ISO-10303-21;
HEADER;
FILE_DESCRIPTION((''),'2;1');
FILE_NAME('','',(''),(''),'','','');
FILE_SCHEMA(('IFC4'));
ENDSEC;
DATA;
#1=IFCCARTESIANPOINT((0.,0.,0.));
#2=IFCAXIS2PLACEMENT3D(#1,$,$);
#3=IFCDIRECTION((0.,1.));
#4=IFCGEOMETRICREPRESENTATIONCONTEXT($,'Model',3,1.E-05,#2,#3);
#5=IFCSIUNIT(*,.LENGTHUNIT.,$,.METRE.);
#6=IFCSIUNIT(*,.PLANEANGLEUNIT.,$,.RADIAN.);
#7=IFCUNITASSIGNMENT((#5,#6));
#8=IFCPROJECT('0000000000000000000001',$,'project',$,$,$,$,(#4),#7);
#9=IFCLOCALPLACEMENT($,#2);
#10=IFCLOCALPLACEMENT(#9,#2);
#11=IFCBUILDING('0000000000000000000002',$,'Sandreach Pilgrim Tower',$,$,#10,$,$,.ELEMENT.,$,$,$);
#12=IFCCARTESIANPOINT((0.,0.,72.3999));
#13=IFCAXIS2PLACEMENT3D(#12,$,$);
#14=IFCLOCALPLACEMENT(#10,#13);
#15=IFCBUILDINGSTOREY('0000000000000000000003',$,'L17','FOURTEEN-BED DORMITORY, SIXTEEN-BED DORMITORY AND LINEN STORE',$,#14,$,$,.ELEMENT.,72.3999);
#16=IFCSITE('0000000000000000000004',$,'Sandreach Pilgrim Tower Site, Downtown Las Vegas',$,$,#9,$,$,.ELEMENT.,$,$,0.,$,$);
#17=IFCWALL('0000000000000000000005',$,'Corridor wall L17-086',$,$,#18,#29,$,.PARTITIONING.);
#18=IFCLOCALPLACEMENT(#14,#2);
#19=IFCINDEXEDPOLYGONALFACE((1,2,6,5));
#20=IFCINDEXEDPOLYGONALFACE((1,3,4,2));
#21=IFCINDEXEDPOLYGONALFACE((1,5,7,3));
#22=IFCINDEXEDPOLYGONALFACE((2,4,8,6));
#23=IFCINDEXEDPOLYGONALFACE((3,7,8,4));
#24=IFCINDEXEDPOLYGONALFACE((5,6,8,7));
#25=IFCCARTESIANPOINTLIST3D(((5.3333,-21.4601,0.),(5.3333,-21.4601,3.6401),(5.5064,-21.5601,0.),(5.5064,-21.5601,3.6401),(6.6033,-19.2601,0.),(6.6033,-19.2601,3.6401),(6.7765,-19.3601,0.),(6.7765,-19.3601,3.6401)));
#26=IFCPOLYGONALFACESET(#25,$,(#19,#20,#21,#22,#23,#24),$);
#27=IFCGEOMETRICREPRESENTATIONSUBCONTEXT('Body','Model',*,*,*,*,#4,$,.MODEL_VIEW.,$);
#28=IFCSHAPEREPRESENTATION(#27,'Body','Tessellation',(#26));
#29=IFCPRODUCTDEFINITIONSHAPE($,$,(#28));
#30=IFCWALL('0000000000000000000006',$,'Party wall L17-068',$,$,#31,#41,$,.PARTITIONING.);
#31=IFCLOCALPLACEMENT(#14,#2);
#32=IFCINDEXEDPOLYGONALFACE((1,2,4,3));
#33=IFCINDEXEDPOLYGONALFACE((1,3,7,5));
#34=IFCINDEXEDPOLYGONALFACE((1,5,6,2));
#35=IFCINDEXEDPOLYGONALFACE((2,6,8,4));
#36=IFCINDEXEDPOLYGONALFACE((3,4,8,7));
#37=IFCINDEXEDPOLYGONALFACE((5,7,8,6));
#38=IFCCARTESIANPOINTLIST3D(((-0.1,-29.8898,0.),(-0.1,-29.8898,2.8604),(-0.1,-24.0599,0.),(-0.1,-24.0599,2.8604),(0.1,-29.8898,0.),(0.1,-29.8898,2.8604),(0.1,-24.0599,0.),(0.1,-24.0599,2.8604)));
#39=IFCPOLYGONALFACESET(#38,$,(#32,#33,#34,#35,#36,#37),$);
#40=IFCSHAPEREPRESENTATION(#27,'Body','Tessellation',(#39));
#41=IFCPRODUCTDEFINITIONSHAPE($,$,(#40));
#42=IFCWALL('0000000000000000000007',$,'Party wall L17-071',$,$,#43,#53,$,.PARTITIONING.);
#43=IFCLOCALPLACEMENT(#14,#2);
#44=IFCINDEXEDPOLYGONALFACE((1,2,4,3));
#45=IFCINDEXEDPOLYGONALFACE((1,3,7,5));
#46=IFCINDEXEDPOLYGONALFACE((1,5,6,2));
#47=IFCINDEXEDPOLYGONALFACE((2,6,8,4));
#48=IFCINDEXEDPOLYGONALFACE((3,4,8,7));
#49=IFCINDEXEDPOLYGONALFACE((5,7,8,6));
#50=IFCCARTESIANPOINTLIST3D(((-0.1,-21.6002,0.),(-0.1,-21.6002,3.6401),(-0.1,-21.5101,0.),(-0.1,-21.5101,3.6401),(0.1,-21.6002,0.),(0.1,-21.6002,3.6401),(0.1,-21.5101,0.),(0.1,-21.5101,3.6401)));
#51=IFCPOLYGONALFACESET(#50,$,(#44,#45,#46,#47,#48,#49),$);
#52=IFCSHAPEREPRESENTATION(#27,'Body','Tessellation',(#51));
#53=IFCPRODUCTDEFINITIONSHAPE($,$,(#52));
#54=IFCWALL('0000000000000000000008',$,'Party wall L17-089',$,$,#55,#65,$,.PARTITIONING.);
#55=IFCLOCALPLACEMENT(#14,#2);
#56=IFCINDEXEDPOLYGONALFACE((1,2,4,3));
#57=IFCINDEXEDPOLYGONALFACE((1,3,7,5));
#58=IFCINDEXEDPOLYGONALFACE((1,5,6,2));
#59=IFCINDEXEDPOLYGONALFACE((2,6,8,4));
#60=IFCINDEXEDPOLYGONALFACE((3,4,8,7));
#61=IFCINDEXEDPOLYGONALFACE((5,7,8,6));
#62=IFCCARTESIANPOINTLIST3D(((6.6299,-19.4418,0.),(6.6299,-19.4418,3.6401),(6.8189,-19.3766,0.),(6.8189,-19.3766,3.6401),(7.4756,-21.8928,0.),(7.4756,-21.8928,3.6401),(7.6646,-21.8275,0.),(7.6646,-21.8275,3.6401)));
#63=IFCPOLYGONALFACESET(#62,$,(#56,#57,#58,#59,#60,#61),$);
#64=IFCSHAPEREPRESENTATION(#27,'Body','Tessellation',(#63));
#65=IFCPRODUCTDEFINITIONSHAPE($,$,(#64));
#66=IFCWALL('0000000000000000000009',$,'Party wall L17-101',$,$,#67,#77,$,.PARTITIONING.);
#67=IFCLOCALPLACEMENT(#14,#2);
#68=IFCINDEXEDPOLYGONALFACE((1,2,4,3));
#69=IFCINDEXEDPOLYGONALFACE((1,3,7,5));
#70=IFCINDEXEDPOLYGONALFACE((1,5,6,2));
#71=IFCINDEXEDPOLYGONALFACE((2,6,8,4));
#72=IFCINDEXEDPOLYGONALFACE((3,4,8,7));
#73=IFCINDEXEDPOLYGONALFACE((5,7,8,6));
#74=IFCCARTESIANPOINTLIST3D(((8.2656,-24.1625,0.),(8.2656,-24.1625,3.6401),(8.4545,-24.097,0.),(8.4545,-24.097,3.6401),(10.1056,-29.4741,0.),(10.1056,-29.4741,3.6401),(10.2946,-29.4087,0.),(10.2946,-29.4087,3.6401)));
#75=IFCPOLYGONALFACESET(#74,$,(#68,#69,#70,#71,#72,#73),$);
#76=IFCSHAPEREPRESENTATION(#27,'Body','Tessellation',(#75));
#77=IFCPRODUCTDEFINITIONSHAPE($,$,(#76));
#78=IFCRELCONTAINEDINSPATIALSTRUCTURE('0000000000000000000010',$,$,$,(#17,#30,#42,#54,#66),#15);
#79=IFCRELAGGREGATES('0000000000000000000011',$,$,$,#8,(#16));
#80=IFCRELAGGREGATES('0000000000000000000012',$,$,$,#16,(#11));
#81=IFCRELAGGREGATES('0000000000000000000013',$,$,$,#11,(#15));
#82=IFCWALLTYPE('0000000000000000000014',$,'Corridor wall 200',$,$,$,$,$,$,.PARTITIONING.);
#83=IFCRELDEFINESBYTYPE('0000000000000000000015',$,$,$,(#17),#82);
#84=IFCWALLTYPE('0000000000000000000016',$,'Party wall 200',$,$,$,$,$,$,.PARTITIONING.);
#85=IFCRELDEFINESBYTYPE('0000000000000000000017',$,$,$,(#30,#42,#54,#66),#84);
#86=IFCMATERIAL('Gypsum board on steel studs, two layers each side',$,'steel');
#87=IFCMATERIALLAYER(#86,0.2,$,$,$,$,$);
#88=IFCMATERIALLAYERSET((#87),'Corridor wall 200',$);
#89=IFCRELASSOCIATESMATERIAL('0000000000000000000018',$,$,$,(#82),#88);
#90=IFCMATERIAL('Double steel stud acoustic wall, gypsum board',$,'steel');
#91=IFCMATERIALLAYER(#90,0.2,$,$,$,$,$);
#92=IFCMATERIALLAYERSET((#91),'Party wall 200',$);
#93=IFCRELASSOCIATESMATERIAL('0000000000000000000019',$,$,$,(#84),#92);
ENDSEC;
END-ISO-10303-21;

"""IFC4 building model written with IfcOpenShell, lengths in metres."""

from ifc_helpers import new_model, si_unit, direction, frame, frame_2d, origin, place, context, subcontext, project, spatial, rectangle, extrude, material, layer, layer_set, type_object, element, save


model = new_model("IFC4")

# Units and contexts
model_context = context("Model", 3, precision=1e-05, world=origin(), true_north=direction((0.0, 1.0)))
body_context = subcontext(model_context, "Body", "Model", "MODEL_VIEW")
ifc_project = project(units=[si_unit("LENGTHUNIT", "METRE"), si_unit("PLANEANGLEUNIT", "RADIAN")], contexts=[model_context])

# Site, building, storey
site_placement = place(None, origin())
site = spatial("IfcSite", under=ifc_project, at=site_placement, Name="Sandreach Pilgrim Tower Site, Downtown Las Vegas", CompositionType="ELEMENT", RefElevation=0.0)
building_placement = place(site_placement, origin())
building = spatial("IfcBuilding", under=site, at=building_placement, Name="Sandreach Pilgrim Tower", CompositionType="ELEMENT")
storey_placement = place(building_placement, frame((0.0, 0.0, 72.3999)))
storey = spatial("IfcBuildingStorey", under=building, at=storey_placement, Name="L17", Description="FOURTEEN-BED DORMITORY, SIXTEEN-BED DORMITORY AND LINEN STORE", CompositionType="ELEMENT", Elevation=72.3999)

# Shared definitions
ifc_material_1 = material(Name="Gypsum board on steel studs, two layers each side", Category="steel")
ifc_layer_1 = layer(ifc_material_1, 0.2)
ifc_layer_set_1 = layer_set([ifc_layer_1], Name="Corridor wall 200")
wall_type_1 = type_object("IfcWallType", Name="Corridor wall 200", PredefinedType="PARTITIONING", material=ifc_layer_set_1)

# Wall
wall_1_placement = place(storey_placement, frame((5.4199, -21.51, 0.0), z_axis=(0.0, 0.0, 1.0), x_axis=(0.499964, 0.866046, 0.0)))
element("IfcWall", 1, at=wall_1_placement, inside=storey, type_object=wall_type_1, Name="Corridor wall L17-086", PredefinedType="PARTITIONING", context=body_context, shape_type="SweptSolid", body=[
    extrude(rectangle(XDim=2.5403, YDim=0.2, at=frame_2d((1.27, 0.0))), origin(), (0.0, 0.0, 1.0), 3.6401),
])

# Walls
ifc_material_2 = material(Name="Double steel stud acoustic wall, gypsum board", Category="steel")
ifc_layer_2 = layer(ifc_material_2, 0.2)
ifc_layer_set_2 = layer_set([ifc_layer_2], Name="Party wall 200")
wall_type_2 = type_object("IfcWallType", Name="Party wall 200", PredefinedType="PARTITIONING", material=ifc_layer_set_2)
wall_2_placement = place(storey_placement, frame((0.0, -29.8899, 0.0), z_axis=(0.0, 0.0, 1.0), x_axis=(0.0, 1.0, 0.0)))
element("IfcWall", 2, at=wall_2_placement, inside=storey, type_object=wall_type_2, Name="Party wall L17-068", PredefinedType="PARTITIONING", context=body_context, shape_type="SweptSolid", body=[
    extrude(rectangle(XDim=5.8298, YDim=0.2, at=frame_2d((2.915, 0.0))), origin(), (0.0, 0.0, 1.0), 2.8604),
])
wall_3_placement = place(storey_placement, frame((0.0, -21.6001, 0.0), z_axis=(0.0, 0.0, 1.0), x_axis=(0.0, 1.0, 0.0)))
element("IfcWall", 3, at=wall_3_placement, inside=storey, type_object=wall_type_2, Name="Party wall L17-071", PredefinedType="PARTITIONING", context=body_context, shape_type="SweptSolid", body=[
    extrude(rectangle(XDim=0.0901, YDim=0.2, at=frame_2d((0.0449, 0.0))), origin(), (0.0, 0.0, 1.0), 3.6401),
])
wall_4_placement = place(storey_placement, frame((6.7244, -19.4092, 0.0), z_axis=(0.0, 0.0, 1.0), x_axis=(0.326182, -0.945307, 0.0)))
element("IfcWall", 4, at=wall_4_placement, inside=storey, type_object=wall_type_2, Name="Party wall L17-089", PredefinedType="PARTITIONING", context=body_context, shape_type="SweptSolid", body=[
    extrude(rectangle(XDim=2.5928, YDim=0.2, at=frame_2d((1.2964, 0.0))), origin(), (0.0, 0.0, 1.0), 3.6401),
])
wall_5_placement = place(storey_placement, frame((8.3601, -24.1299, 0.0), z_axis=(0.0, 0.0, 1.0), x_axis=(0.327333, -0.944909, 0.0)))
element("IfcWall", 5, at=wall_5_placement, inside=storey, type_object=wall_type_2, Name="Party wall L17-101", PredefinedType="PARTITIONING", context=body_context, shape_type="SweptSolid", body=[
    extrude(rectangle(XDim=5.6213, YDim=0.2, at=frame_2d((2.8105, 0.0))), origin(), (0.0, 0.0, 1.0), 3.6401),
])

save(model, "model.ifc")
